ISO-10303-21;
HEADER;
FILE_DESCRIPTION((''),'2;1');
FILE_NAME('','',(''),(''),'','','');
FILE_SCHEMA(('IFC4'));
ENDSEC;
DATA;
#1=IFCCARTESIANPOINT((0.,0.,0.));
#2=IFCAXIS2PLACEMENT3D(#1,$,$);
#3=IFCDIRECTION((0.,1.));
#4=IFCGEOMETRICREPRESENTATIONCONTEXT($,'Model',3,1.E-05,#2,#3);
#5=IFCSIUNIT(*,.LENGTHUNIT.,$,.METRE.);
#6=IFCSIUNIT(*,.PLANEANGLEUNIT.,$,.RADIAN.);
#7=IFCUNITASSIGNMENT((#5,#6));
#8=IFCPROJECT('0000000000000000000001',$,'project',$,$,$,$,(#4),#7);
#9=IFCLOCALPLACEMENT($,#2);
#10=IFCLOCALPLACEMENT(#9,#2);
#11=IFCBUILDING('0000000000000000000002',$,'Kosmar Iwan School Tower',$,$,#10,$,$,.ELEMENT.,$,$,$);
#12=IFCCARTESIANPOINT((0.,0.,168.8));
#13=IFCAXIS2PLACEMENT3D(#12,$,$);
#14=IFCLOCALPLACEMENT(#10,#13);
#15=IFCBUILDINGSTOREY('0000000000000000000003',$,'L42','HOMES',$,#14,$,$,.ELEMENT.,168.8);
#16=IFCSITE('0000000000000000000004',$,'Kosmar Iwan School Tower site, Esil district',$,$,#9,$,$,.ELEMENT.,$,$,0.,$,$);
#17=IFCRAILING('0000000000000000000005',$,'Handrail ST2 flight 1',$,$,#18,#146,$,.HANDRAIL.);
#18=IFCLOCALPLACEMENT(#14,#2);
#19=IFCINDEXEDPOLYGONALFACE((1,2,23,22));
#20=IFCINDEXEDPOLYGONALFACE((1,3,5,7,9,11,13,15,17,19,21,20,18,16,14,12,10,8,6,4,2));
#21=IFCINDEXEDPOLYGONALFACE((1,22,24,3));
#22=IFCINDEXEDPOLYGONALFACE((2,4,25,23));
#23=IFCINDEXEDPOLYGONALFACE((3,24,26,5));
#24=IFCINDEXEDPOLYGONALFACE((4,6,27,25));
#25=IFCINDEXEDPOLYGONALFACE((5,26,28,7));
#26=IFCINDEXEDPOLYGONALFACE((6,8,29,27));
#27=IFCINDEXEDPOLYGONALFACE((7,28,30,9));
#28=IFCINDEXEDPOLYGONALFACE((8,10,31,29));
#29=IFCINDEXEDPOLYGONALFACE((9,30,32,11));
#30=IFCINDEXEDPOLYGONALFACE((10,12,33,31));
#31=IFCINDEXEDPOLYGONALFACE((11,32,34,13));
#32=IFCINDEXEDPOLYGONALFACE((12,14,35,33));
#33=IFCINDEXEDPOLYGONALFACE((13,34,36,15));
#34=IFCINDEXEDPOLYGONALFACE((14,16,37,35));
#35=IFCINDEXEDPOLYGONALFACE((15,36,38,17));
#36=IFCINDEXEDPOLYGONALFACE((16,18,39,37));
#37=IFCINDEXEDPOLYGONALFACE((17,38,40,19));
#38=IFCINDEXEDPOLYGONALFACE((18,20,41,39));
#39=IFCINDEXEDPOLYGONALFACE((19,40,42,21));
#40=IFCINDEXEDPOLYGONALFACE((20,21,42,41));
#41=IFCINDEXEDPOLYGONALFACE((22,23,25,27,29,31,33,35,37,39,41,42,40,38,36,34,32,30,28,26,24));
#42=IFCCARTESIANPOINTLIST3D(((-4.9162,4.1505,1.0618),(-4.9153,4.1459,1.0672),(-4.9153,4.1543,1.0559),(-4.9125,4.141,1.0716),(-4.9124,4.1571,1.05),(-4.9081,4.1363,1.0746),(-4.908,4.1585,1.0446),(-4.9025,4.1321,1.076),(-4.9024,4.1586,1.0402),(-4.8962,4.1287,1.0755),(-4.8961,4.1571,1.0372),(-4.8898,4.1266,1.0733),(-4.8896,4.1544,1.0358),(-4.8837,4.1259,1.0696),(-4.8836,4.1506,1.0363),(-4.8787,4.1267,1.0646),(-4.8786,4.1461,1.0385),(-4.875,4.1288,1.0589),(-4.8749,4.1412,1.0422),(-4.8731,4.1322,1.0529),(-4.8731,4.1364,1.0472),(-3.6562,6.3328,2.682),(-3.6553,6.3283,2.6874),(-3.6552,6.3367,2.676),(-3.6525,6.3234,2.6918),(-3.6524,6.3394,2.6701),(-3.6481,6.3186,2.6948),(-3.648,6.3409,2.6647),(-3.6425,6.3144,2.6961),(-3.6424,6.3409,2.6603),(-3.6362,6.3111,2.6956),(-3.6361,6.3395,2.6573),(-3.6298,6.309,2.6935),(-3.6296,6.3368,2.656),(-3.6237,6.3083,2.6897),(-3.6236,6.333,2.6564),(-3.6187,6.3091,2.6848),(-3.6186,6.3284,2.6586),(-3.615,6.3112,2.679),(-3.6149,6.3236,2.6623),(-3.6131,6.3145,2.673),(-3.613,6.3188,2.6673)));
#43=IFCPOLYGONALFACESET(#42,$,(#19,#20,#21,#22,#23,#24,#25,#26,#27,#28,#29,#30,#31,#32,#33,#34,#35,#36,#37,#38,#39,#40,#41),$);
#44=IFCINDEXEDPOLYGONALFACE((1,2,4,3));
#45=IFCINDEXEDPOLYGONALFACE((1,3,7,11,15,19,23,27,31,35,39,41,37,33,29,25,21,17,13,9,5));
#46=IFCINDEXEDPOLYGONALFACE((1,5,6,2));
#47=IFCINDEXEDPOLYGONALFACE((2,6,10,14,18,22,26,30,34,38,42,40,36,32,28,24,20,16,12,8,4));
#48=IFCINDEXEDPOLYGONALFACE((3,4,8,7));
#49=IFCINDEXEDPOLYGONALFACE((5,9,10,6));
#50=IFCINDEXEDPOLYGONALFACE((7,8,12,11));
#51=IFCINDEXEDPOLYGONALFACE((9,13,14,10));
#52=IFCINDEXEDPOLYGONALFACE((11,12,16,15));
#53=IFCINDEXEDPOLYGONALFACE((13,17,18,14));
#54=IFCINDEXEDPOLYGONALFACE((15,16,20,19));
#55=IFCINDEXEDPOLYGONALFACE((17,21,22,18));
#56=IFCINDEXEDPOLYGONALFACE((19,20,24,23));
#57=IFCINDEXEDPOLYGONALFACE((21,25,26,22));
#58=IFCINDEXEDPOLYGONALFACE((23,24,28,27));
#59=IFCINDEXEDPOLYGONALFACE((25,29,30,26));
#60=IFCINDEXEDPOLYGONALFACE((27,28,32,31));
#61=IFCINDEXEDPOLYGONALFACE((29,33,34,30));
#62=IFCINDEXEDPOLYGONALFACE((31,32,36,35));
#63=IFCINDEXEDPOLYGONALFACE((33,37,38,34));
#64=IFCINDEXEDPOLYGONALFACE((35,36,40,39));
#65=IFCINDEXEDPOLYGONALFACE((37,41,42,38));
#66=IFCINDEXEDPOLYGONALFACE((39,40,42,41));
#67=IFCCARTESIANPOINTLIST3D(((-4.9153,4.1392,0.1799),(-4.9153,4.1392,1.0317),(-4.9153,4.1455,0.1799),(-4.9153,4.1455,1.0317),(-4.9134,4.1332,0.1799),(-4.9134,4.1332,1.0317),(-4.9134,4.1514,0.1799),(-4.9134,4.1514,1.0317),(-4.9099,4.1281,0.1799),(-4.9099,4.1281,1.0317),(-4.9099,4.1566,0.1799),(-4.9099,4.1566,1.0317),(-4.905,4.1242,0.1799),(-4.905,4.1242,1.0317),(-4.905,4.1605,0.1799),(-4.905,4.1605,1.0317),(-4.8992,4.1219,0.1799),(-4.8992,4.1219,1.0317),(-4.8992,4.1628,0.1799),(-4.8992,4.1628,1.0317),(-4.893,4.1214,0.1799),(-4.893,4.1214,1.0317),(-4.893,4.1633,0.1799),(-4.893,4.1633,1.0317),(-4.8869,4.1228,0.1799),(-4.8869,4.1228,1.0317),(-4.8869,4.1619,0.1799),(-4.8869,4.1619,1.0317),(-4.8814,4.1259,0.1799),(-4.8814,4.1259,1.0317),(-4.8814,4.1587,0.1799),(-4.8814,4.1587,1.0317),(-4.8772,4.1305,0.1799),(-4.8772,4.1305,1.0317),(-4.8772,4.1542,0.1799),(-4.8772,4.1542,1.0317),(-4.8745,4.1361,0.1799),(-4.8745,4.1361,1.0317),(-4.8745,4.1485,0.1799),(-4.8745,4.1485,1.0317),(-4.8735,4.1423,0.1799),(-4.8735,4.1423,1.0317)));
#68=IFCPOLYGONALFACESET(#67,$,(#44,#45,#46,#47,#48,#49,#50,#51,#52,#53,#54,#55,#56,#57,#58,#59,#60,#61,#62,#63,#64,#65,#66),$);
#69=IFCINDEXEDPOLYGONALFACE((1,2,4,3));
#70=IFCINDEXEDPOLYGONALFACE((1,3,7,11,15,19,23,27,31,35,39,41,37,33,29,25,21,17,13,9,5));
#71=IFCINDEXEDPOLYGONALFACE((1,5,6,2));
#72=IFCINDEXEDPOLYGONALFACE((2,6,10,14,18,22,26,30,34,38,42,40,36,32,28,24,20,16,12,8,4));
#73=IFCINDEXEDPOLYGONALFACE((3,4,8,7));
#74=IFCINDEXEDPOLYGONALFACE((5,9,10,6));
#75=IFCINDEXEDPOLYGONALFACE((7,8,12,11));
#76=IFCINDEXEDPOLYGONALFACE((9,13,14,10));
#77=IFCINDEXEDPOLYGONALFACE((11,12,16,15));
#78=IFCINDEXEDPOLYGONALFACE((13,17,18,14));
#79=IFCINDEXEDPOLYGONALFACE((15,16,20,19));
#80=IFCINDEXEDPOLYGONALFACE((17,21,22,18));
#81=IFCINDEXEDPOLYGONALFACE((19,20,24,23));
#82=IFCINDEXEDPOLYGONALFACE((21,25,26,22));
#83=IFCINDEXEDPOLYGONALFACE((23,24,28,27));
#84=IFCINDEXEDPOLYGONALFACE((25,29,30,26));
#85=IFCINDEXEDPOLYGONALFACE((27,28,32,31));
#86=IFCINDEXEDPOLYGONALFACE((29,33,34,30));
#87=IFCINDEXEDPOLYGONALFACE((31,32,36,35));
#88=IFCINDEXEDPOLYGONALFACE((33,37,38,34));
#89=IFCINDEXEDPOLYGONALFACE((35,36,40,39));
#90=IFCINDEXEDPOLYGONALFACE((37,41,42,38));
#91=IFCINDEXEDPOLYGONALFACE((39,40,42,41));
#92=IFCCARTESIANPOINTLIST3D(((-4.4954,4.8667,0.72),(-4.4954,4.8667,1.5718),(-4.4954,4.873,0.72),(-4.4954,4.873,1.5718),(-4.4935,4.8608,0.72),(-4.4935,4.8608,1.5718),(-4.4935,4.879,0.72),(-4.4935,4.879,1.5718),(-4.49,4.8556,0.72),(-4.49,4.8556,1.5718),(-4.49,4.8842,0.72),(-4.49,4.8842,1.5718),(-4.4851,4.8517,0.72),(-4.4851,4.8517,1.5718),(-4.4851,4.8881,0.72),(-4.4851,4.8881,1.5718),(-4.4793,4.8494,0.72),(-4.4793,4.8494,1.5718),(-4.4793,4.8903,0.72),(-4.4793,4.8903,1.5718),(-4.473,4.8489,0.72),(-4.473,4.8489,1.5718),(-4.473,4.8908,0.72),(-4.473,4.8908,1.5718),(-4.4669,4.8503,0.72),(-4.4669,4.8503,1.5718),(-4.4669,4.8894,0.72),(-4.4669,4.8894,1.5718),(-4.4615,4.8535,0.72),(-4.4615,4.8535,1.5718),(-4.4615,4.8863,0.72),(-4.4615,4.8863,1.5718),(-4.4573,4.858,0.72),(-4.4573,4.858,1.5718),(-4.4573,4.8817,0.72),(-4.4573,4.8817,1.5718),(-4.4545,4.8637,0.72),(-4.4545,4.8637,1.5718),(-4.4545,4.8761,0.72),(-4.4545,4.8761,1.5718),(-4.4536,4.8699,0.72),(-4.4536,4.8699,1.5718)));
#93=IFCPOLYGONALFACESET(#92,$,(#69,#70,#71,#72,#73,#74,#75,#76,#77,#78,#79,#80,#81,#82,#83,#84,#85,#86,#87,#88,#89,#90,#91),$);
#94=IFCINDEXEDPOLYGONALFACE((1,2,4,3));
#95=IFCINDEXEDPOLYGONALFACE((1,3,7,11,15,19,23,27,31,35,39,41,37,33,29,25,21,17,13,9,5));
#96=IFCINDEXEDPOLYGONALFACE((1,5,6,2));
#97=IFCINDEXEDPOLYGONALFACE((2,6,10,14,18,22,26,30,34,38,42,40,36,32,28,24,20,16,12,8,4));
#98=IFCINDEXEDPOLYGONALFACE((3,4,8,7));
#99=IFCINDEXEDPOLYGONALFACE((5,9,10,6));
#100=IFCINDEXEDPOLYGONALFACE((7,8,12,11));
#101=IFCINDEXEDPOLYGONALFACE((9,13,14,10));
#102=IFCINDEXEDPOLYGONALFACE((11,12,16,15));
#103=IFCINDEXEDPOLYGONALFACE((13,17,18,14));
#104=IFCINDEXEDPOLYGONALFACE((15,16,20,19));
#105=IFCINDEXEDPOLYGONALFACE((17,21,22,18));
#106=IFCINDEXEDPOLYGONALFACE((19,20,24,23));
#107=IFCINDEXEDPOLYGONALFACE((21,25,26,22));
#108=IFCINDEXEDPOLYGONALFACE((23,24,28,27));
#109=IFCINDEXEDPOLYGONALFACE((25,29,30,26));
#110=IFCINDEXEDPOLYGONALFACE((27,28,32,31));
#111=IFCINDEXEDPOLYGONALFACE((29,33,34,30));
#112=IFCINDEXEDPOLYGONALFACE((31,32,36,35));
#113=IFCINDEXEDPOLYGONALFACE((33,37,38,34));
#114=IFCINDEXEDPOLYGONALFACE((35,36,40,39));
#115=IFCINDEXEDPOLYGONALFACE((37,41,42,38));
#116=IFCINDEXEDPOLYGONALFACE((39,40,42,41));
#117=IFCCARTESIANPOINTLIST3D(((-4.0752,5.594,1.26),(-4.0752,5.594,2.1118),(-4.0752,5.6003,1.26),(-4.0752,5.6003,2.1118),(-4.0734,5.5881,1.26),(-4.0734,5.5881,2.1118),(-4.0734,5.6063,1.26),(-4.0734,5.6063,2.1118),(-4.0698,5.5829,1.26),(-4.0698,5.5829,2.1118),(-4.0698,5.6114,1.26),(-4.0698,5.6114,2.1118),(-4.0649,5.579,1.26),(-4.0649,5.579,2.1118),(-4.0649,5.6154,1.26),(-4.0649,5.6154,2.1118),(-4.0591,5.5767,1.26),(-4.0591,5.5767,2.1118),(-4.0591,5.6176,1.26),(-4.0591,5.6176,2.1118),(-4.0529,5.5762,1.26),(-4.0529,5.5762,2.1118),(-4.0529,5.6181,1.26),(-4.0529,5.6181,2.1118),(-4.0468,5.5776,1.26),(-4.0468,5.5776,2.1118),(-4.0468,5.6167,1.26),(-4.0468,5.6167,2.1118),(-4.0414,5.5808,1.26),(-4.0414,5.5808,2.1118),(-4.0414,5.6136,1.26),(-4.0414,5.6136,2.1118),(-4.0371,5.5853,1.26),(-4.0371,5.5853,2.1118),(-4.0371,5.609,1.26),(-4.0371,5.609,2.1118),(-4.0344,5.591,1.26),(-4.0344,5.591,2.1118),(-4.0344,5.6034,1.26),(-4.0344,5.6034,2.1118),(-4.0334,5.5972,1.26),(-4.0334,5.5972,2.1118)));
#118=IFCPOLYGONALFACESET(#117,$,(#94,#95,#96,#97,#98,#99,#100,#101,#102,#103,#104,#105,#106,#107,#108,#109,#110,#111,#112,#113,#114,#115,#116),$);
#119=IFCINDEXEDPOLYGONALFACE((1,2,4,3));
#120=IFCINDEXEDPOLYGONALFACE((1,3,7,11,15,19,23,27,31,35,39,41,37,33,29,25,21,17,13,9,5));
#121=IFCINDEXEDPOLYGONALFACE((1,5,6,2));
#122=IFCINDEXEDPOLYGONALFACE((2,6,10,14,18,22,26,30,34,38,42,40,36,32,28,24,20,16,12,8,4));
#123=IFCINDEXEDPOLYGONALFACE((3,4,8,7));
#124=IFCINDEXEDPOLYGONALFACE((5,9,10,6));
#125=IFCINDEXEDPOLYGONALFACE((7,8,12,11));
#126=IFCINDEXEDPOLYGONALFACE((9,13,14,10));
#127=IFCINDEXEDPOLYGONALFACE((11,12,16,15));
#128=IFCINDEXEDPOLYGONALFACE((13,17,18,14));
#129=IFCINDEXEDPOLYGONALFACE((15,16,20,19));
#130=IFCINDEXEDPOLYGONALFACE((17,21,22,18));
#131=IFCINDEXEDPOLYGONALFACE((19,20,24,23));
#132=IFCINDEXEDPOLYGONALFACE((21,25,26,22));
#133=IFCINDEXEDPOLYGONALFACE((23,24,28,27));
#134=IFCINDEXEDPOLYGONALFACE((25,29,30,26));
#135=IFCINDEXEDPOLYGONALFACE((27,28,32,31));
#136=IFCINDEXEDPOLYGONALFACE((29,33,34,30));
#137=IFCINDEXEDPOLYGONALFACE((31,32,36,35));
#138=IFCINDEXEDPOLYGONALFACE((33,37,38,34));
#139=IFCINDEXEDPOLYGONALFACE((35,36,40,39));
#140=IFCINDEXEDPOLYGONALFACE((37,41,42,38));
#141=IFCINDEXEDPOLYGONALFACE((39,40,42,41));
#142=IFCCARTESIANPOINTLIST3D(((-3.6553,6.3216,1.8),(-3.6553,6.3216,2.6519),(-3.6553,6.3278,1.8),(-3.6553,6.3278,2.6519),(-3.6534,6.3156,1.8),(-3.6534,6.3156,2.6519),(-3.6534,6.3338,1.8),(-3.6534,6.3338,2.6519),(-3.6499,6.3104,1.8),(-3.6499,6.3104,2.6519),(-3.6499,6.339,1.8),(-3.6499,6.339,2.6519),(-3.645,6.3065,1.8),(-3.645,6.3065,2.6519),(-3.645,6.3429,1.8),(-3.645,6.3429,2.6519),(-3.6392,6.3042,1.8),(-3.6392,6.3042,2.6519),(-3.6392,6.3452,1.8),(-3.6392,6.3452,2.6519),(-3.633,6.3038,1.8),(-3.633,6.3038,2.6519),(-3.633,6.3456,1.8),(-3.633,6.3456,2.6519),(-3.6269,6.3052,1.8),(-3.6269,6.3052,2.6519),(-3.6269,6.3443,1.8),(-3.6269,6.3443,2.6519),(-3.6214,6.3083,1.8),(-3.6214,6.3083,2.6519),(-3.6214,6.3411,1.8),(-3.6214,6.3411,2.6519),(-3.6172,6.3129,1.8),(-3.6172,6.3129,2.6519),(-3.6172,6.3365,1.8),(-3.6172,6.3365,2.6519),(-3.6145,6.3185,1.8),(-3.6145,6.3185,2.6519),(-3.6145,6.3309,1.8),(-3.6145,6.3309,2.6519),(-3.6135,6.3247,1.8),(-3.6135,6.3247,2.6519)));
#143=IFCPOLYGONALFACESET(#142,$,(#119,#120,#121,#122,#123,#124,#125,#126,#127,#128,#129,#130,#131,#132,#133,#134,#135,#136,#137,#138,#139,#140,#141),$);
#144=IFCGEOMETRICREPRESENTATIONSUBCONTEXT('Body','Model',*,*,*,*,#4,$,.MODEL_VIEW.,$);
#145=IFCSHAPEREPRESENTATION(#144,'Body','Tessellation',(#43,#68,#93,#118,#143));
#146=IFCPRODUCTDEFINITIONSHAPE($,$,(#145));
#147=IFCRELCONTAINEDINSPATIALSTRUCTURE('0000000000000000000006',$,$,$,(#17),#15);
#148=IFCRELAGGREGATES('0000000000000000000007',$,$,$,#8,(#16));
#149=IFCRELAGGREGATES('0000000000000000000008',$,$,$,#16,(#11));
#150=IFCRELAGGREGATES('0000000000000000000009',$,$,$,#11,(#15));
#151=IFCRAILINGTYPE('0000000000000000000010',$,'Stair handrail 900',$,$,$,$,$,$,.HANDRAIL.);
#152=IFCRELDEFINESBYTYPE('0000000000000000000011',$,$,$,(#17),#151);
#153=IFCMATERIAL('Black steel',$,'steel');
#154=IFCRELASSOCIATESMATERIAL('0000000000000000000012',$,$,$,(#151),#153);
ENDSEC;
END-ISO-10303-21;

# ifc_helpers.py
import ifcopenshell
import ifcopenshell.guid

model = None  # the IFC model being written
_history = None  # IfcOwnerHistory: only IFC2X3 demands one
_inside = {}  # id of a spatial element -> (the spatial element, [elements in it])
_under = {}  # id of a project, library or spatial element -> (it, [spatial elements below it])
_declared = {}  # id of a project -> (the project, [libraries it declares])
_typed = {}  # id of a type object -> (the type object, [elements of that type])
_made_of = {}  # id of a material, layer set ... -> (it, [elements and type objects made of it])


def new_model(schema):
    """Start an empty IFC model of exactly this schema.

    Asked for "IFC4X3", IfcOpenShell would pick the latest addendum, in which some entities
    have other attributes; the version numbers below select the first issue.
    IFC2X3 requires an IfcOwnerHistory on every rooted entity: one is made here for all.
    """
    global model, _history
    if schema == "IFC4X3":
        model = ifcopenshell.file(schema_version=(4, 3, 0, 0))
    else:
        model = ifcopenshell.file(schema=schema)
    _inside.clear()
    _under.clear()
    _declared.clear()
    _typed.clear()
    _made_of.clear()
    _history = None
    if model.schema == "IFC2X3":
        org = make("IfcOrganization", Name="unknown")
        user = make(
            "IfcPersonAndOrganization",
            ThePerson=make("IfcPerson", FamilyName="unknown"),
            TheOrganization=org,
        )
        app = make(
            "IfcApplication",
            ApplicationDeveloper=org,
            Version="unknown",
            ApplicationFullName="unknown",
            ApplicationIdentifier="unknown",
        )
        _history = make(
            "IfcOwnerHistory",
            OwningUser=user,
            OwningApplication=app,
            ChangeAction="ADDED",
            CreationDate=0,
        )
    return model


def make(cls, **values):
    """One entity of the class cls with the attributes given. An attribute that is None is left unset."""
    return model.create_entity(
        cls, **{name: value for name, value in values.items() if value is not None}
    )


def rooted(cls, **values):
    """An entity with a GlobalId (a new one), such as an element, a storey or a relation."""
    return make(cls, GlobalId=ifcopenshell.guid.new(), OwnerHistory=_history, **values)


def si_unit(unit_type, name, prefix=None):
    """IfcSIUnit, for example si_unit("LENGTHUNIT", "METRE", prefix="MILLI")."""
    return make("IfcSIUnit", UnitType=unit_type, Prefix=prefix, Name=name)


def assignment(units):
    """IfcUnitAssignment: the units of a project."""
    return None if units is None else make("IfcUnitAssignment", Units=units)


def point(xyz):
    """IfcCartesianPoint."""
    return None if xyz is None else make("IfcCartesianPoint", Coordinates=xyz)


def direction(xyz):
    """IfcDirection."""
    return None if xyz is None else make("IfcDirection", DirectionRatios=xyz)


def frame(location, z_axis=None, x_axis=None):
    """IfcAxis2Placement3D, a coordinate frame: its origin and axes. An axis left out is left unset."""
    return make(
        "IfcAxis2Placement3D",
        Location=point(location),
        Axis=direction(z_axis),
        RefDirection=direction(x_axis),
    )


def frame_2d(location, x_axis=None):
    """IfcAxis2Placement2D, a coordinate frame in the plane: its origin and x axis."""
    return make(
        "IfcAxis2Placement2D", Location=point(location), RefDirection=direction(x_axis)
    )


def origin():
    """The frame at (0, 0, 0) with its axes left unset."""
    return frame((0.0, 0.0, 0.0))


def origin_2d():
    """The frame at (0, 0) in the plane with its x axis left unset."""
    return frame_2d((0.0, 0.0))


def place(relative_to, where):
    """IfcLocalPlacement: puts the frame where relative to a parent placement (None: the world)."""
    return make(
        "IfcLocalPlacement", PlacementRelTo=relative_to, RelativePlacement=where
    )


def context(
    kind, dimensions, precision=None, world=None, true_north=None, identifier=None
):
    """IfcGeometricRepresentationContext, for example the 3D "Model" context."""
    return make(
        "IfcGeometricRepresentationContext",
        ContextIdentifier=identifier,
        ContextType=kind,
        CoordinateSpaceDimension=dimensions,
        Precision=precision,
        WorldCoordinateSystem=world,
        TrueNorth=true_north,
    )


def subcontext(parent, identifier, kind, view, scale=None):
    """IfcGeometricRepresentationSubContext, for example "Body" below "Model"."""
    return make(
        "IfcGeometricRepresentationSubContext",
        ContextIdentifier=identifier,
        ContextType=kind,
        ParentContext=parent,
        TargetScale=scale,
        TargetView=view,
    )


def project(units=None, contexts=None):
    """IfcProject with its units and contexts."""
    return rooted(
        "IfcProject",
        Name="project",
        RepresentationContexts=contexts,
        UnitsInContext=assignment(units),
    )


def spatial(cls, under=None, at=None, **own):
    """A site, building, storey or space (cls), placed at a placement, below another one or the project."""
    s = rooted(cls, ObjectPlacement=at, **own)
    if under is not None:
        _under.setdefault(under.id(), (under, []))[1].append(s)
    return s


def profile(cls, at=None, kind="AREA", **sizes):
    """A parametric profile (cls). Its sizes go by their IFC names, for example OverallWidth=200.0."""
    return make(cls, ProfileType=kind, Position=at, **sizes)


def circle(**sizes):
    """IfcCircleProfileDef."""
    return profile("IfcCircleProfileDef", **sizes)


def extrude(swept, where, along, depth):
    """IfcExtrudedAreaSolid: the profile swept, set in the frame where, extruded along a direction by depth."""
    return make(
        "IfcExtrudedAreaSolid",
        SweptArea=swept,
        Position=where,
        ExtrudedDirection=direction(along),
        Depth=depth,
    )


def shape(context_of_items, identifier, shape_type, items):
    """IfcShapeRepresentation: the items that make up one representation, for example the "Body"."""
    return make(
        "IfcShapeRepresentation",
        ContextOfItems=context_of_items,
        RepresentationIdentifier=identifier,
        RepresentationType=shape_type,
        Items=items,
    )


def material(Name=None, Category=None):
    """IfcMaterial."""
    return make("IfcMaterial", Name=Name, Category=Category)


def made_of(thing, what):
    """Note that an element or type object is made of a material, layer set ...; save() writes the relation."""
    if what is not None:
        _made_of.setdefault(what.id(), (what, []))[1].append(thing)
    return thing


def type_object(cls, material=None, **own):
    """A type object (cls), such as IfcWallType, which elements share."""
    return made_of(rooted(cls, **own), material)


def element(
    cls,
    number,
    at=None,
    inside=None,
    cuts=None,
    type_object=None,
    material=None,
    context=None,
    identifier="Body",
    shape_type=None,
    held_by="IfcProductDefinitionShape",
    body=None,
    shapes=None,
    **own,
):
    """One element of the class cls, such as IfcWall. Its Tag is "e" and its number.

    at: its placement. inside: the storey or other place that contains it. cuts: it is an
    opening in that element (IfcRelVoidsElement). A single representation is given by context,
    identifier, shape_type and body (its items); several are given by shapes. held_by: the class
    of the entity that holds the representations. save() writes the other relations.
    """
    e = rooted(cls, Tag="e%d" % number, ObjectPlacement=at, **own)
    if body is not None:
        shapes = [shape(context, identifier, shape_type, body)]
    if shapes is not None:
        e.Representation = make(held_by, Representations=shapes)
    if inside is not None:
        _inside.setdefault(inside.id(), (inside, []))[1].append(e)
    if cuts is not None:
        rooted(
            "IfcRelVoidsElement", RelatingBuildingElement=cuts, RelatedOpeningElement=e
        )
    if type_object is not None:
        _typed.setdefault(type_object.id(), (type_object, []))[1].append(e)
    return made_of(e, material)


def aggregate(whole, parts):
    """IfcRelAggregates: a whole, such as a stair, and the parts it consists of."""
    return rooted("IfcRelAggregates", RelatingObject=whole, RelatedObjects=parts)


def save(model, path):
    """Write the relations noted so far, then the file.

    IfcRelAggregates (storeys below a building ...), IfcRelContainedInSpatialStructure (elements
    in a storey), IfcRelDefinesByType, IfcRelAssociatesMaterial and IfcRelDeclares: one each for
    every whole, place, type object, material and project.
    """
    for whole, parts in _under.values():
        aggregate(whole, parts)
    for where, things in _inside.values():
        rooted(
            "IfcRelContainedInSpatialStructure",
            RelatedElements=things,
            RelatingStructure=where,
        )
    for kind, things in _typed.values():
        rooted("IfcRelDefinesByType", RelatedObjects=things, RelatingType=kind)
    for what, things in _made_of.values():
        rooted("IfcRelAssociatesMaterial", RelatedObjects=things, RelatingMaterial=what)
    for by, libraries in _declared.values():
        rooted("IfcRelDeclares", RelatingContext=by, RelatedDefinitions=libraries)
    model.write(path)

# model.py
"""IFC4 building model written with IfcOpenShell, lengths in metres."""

from ifc_helpers import new_model, si_unit, direction, frame, origin, origin_2d, place, context, subcontext, project, spatial, circle, extrude, material, type_object, element, save


model = new_model("IFC4")

# Units and contexts
model_context = context("Model", 3, precision=1e-05, world=origin(), true_north=direction((0.0, 1.0)))
body_context = subcontext(model_context, "Body", "Model", "MODEL_VIEW")
ifc_project = project(units=[si_unit("LENGTHUNIT", "METRE"), si_unit("PLANEANGLEUNIT", "RADIAN")], contexts=[model_context])

# Site, building, storey
site_placement = place(None, origin())
site = spatial("IfcSite", under=ifc_project, at=site_placement, Name="Kosmar Iwan School Tower site, Esil district", CompositionType="ELEMENT", RefElevation=0.0)
building_placement = place(site_placement, origin())
building = spatial("IfcBuilding", under=site, at=building_placement, Name="Kosmar Iwan School Tower", CompositionType="ELEMENT")
storey_placement = place(building_placement, frame((0.0, 0.0, 168.8)))
storey = spatial("IfcBuildingStorey", under=building, at=storey_placement, Name="L42", Description="HOMES", CompositionType="ELEMENT", Elevation=168.8)

# Railing
ifc_material_1 = material(Name="Black steel", Category="steel")
railing_type = type_object("IfcRailingType", Name="Stair handrail 900", PredefinedType="HANDRAIL", material=ifc_material_1)
railing_placement = place(storey_placement, frame((-4.8945, 4.1423, 0.1799)))
element("IfcRailing", 1, at=railing_placement, inside=storey, type_object=railing_type, Name="Handrail ST2 flight 1", PredefinedType="HANDRAIL", context=body_context, shape_type="SweptSolid", body=[
    extrude(circle(Radius=0.0239, at=origin_2d()), frame((0.0, 0.0, 0.876), z_axis=(0.420584, 0.728464, 0.540786), x_axis=(-0.866023, 0.500005, 0.0)), (0.0, 0.0, 1.0), 2.9958),
    extrude(circle(Radius=0.021, at=origin_2d()), origin(), (0.0, 0.0, 1.0), 0.8518),
    extrude(circle(Radius=0.021, at=origin_2d()), frame((0.4199, 0.7275, 0.54)), (0.0, 0.0, 1.0), 0.8518),
    extrude(circle(Radius=0.021, at=origin_2d()), frame((0.8401, 1.4548, 1.0801)), (0.0, 0.0, 1.0), 0.8518),
    extrude(circle(Radius=0.021, at=origin_2d()), frame((1.26, 2.1824, 1.6201)), (0.0, 0.0, 1.0), 0.8518),
])

save(model, "model.ifc")
